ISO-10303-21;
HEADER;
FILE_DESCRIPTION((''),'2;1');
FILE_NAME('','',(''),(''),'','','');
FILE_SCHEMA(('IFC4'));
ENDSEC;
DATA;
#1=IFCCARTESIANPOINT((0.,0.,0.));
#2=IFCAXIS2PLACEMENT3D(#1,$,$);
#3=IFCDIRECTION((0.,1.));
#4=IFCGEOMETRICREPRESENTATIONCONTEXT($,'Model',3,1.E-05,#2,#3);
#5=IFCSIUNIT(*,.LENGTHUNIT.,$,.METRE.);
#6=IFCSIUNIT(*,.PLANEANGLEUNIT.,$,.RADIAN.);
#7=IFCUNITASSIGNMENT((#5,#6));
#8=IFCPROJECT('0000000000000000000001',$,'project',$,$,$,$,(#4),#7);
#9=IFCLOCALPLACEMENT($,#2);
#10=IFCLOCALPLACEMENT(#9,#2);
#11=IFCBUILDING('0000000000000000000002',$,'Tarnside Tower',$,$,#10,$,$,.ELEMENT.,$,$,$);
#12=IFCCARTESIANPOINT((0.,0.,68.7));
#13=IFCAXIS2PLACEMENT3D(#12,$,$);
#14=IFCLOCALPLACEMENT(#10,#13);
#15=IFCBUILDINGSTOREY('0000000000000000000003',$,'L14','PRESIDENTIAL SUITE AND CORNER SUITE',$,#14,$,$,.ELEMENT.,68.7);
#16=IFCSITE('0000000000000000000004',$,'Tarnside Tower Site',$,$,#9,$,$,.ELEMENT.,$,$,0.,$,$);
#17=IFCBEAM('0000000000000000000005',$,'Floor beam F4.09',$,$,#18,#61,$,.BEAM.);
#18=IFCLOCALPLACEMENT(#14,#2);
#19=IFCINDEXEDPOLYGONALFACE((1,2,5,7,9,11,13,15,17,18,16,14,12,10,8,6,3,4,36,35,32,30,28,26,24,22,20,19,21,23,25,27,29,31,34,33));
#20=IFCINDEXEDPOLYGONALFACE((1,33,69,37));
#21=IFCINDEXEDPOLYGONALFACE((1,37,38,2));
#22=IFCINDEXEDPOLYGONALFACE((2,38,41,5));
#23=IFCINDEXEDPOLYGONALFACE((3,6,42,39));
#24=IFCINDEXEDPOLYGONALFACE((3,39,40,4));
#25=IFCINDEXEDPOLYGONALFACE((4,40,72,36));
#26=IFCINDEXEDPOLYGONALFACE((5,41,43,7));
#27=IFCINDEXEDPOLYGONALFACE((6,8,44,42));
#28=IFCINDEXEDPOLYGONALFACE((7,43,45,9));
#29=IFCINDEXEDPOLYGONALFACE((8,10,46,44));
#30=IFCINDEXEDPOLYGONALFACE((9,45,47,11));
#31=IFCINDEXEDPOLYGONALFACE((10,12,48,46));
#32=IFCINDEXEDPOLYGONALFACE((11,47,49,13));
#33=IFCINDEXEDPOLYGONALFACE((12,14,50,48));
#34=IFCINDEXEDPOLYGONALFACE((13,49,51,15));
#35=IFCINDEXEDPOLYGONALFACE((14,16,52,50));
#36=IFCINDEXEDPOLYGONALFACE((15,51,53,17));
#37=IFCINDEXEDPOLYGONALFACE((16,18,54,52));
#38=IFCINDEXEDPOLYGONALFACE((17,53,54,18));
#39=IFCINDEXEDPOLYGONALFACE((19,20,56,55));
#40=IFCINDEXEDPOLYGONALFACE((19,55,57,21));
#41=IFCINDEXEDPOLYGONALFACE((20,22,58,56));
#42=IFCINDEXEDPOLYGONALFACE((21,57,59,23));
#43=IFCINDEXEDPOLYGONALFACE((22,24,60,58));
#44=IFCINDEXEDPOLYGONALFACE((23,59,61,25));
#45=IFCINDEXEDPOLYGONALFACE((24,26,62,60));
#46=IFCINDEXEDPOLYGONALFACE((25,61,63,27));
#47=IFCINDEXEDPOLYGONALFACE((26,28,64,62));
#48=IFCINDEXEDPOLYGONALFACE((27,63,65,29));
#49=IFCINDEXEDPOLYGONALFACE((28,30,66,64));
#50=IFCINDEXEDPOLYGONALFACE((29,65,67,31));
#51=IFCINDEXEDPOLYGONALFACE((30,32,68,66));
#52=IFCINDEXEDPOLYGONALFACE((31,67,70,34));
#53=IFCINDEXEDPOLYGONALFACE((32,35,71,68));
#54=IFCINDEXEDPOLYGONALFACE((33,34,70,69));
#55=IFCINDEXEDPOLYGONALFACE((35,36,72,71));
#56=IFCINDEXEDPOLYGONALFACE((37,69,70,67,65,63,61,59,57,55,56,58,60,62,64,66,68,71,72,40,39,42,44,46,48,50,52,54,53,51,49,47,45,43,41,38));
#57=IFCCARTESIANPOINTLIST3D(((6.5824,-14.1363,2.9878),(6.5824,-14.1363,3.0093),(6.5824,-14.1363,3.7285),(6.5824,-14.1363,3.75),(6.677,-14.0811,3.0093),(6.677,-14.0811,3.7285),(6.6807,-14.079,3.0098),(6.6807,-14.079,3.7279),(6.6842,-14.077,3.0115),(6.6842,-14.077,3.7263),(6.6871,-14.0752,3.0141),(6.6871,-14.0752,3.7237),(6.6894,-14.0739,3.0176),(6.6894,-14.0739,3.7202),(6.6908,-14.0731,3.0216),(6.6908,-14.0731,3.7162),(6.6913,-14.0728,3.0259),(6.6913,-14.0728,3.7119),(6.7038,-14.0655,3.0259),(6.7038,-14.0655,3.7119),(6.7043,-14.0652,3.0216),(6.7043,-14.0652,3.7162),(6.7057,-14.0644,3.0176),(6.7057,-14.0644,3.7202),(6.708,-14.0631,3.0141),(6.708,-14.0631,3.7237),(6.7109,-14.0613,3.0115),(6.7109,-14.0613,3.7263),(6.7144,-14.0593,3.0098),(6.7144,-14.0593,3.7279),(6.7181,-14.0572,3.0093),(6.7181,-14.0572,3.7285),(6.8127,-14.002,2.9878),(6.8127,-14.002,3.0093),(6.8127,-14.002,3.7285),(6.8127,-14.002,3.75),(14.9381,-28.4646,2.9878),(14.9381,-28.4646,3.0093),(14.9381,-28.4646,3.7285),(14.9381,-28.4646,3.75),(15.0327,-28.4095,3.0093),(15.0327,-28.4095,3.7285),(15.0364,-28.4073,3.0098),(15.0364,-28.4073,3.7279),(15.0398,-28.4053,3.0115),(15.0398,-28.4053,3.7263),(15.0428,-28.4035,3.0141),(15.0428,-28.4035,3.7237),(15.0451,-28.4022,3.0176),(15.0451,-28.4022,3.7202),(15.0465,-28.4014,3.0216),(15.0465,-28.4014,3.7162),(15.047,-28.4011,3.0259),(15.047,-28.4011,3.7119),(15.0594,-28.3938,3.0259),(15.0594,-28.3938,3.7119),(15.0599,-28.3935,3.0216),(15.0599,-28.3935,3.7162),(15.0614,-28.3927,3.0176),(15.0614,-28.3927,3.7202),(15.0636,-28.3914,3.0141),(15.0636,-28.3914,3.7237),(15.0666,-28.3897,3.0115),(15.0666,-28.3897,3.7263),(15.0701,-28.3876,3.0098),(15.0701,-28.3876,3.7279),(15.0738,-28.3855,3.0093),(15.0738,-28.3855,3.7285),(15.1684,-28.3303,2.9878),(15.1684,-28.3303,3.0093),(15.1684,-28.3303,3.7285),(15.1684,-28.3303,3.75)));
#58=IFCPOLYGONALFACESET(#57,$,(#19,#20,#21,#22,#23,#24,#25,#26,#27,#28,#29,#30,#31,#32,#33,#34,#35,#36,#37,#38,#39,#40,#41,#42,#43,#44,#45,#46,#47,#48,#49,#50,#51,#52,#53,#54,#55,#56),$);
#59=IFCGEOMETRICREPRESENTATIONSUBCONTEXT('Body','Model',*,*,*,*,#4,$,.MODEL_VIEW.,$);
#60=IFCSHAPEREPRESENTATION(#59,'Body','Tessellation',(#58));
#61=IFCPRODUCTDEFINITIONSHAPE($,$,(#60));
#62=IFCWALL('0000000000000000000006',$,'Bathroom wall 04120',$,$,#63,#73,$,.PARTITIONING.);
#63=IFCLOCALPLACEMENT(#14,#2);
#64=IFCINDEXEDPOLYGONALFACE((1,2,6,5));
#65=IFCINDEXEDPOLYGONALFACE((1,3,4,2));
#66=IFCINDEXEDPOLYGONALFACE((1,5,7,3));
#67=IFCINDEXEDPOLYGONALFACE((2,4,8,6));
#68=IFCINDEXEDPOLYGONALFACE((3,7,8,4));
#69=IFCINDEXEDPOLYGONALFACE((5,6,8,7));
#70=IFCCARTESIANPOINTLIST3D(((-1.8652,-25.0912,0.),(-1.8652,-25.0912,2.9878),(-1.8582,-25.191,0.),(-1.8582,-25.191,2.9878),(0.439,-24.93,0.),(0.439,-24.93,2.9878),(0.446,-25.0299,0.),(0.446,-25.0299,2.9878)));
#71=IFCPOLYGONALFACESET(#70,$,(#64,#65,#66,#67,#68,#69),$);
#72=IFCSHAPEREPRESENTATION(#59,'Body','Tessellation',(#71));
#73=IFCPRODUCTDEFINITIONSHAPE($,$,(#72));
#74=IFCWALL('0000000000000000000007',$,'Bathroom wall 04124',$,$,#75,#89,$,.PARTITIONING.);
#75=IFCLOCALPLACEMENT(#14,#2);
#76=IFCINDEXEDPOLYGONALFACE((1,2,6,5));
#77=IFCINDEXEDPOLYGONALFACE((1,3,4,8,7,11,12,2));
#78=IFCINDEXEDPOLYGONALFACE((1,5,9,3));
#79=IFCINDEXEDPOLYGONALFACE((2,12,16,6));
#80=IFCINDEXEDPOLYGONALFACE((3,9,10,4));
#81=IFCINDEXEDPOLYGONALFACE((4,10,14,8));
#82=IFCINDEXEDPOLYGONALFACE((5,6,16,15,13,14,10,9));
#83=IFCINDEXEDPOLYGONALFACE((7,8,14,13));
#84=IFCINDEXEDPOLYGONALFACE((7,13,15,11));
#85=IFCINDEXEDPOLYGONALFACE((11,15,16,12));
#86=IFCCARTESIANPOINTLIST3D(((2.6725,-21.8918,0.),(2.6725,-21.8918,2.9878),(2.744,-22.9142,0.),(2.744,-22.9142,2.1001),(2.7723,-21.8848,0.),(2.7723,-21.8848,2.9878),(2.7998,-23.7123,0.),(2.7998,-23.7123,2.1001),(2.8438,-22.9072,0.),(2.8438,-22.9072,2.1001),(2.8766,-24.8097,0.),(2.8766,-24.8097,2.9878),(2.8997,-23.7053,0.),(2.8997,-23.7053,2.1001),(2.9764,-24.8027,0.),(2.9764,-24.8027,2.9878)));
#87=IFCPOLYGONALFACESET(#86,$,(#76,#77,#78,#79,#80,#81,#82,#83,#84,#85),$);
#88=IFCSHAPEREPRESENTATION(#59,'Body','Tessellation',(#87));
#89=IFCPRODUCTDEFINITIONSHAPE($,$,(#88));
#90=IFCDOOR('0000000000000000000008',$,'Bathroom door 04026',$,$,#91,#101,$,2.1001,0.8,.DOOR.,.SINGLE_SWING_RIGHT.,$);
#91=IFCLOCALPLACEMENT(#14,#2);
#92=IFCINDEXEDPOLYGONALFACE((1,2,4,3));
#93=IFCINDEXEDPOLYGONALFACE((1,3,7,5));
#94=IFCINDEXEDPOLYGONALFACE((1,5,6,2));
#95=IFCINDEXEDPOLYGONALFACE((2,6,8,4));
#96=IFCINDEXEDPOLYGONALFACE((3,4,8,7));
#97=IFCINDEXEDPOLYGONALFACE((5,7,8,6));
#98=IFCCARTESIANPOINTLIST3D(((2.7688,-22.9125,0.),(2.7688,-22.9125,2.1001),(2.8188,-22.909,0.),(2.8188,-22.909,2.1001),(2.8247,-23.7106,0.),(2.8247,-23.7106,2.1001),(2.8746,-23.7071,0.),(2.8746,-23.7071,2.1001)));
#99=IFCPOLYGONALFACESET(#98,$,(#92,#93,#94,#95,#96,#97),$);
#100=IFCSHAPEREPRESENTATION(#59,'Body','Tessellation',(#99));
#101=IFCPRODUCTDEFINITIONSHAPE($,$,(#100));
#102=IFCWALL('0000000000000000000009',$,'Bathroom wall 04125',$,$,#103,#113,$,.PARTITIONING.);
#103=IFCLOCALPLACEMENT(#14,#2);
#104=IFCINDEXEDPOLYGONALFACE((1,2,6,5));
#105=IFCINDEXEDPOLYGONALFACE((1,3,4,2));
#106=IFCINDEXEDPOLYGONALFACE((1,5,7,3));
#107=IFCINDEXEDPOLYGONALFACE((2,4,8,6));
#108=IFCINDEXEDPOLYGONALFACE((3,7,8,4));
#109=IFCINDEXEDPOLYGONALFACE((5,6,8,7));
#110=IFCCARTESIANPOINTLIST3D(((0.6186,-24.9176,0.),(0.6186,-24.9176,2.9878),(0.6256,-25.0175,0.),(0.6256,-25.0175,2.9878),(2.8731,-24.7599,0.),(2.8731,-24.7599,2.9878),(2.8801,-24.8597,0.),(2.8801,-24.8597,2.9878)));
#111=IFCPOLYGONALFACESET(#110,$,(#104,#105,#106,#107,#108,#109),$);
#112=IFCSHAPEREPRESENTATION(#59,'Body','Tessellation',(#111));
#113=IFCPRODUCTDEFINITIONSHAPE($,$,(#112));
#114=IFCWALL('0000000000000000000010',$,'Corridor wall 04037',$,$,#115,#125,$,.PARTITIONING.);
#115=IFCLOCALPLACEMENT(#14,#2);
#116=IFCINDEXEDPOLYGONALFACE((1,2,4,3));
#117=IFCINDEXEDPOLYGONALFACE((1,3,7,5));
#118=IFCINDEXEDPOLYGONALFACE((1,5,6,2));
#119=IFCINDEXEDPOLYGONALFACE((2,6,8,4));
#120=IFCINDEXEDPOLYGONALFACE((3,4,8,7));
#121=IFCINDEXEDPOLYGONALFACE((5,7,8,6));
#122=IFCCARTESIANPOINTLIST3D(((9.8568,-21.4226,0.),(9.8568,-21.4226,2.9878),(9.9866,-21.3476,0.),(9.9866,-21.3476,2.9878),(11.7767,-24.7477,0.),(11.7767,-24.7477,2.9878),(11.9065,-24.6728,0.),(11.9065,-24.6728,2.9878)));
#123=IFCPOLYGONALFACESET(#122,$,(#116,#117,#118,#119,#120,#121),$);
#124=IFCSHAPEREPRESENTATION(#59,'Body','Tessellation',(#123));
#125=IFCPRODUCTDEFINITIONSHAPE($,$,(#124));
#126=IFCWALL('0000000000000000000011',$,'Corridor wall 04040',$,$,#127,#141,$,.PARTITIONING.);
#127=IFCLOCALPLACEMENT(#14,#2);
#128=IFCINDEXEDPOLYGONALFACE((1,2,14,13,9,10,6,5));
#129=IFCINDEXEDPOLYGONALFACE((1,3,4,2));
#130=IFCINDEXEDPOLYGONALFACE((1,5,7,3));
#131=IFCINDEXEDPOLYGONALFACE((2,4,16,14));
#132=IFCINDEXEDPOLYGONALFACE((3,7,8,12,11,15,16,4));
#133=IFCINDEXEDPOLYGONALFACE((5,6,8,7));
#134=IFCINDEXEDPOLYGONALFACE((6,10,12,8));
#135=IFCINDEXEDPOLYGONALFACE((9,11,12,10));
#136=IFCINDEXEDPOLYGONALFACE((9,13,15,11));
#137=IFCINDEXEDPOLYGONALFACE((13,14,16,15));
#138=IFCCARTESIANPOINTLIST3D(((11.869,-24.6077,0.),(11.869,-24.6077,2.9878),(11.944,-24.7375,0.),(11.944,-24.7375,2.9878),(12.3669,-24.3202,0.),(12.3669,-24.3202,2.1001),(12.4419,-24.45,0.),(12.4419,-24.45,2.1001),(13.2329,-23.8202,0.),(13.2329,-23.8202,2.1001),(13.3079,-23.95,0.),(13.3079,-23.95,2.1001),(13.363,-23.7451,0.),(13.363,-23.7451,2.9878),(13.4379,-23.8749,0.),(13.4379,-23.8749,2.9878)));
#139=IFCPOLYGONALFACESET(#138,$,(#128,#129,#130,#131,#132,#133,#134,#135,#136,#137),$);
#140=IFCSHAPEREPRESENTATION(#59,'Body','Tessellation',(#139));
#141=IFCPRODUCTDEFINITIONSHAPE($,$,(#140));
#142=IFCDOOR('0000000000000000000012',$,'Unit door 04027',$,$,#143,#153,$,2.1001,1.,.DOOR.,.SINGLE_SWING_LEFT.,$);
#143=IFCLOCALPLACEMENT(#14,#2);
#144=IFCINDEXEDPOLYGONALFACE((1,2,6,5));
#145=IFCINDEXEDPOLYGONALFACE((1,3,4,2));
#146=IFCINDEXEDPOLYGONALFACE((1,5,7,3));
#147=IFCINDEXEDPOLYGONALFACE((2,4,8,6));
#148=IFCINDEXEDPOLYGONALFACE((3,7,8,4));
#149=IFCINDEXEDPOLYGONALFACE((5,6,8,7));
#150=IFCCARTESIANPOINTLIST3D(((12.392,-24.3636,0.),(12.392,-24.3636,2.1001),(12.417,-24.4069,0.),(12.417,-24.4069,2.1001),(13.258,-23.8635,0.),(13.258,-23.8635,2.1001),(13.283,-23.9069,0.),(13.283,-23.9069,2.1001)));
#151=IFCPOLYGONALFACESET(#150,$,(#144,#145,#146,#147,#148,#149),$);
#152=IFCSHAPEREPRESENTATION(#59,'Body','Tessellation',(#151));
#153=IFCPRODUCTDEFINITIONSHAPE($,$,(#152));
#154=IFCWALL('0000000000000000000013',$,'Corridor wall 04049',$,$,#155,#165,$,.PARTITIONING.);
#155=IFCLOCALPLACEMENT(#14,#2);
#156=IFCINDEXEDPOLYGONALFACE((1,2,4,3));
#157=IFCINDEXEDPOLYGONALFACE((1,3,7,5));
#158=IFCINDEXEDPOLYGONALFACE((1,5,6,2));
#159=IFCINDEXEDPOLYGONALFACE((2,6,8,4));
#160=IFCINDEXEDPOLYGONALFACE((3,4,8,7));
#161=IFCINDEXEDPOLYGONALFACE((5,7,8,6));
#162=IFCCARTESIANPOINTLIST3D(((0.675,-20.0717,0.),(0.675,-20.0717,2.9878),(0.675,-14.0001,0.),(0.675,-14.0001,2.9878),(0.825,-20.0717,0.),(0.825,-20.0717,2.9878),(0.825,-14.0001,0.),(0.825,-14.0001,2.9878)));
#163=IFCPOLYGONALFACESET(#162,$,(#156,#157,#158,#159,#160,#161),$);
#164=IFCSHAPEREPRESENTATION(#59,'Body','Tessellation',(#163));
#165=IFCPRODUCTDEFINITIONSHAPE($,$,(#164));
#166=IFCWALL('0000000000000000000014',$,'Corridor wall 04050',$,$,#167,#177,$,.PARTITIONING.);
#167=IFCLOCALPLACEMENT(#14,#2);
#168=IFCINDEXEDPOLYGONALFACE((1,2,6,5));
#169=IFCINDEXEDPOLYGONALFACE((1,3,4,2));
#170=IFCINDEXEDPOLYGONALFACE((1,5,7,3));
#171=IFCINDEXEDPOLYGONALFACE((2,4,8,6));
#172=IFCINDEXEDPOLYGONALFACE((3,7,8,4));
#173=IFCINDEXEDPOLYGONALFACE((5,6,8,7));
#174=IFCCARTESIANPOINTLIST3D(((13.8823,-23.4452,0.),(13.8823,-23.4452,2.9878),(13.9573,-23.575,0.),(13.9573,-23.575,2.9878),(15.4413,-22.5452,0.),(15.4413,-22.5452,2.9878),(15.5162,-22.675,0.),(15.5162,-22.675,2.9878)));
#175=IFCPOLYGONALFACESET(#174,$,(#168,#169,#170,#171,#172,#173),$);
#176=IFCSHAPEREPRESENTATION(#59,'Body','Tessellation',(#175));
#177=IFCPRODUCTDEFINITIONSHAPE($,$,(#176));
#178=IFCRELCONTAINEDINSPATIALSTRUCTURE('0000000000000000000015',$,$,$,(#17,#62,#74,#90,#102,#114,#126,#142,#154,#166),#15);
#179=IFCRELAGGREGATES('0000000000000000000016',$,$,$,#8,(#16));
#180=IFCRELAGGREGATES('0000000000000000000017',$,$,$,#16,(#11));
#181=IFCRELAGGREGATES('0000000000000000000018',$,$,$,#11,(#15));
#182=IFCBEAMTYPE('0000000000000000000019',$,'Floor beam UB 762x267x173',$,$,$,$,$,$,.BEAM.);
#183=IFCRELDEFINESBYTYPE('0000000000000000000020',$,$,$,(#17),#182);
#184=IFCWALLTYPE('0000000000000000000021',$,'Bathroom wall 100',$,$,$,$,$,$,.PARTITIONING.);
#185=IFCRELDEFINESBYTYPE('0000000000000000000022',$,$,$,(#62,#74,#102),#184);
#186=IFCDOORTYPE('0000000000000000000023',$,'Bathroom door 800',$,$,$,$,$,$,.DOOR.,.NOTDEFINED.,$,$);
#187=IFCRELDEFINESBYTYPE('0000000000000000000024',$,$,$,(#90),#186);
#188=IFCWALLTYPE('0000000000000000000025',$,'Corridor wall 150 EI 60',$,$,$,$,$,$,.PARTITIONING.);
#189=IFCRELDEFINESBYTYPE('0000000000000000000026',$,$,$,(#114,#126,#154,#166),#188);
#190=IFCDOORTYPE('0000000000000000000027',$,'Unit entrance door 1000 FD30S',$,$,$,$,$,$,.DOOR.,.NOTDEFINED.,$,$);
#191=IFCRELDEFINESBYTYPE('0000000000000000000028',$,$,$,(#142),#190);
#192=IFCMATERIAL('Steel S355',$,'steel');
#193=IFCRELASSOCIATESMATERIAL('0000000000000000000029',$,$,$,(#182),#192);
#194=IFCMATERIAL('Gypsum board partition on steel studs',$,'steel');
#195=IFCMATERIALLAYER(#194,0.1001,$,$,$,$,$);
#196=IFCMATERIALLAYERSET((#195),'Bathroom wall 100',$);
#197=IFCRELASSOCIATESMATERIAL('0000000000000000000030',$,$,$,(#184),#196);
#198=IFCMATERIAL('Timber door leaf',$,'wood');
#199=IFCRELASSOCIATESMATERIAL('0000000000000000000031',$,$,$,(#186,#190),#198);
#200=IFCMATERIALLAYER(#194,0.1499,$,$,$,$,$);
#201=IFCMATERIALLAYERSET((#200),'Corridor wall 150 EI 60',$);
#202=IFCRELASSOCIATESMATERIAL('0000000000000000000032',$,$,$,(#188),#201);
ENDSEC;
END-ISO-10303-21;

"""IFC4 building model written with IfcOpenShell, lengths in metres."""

from ifc_helpers import new_model, si_unit, direction, frame, frame_2d, origin, origin_2d, place, context, subcontext, project, spatial, rectangle, i_section, extrude, material, layer, layer_set, material_profile, profile_set, type_object, element, fill, save


model = new_model("IFC4")

# Units and contexts
model_context = context("Model", 3, precision=1e-05, world=origin(), true_north=direction((0.0, 1.0)))
body_context = subcontext(model_context, "Body", "Model", "MODEL_VIEW")
ifc_project = project(units=[si_unit("LENGTHUNIT", "METRE"), si_unit("PLANEANGLEUNIT", "RADIAN")], contexts=[model_context])

# Site, building, storey
site_placement = place(None, origin())
site = spatial("IfcSite", under=ifc_project, at=site_placement, Name="Tarnside Tower Site", CompositionType="ELEMENT", RefElevation=0.0)
building_placement = place(site_placement, origin())
building = spatial("IfcBuilding", under=site, at=building_placement, Name="Tarnside Tower", CompositionType="ELEMENT")
storey_placement = place(building_placement, frame((0.0, 0.0, 68.7)))
storey = spatial("IfcBuildingStorey", under=building, at=storey_placement, Name="L14", Description="PRESIDENTIAL SUITE AND CORNER SUITE", CompositionType="ELEMENT", Elevation=68.7)

# Beam
ifc_material_1 = material(Name="Steel S355", Category="steel")
ifc_material_profile_1 = material_profile(ifc_material_1, i_section(OverallWidth=0.2666, OverallDepth=0.7622, WebThickness=0.0144, FlangeThickness=0.0215, FilletRadius=0.0166, at=origin_2d()), Name="UB 762x267x173")
ifc_profile_set_1 = profile_set([ifc_material_profile_1], Name="Steel S355")
beam_type_1 = type_object("IfcBeamType", Name="Floor beam UB 762x267x173", PredefinedType="BEAM", material=ifc_profile_set_1)
beam_1_placement = place(storey_placement, frame((15.0532, -28.3975, 3.3689), z_axis=(-0.503758, 0.863845, 0.0), x_axis=(-0.863845, -0.503758, 0.0)))
element("IfcBeam", 1, at=beam_1_placement, inside=storey, type_object=beam_type_1, Name="Floor beam F4.09", PredefinedType="BEAM", context=body_context, shape_type="SweptSolid", body=[
    extrude(i_section(OverallWidth=0.2666, OverallDepth=0.7622, WebThickness=0.0144, FlangeThickness=0.0215, FilletRadius=0.0166, at=origin_2d()), origin(), (0.0, 0.0, 1.0), 16.5867),
])

# Wall
ifc_material_2 = material(Name="Gypsum board partition on steel studs", Category="steel")
ifc_layer_1 = layer(ifc_material_2, 0.1001)
ifc_layer_set_1 = layer_set([ifc_layer_1], Name="Bathroom wall 100")
wall_type_1 = type_object("IfcWallType", Name="Bathroom wall 100", PredefinedType="PARTITIONING", material=ifc_layer_set_1)
wall_1_placement = place(storey_placement, frame((0.4424, -24.98, 0.0), z_axis=(0.0, 0.0, 1.0), x_axis=(-0.997564, -0.06976, 0.0)))
element("IfcWall", 2, at=wall_1_placement, inside=storey, type_object=wall_type_1, Name="Bathroom wall 04120", PredefinedType="PARTITIONING", context=body_context, shape_type="SweptSolid", body=[
    extrude(rectangle(XDim=2.3098, YDim=0.1001, at=frame_2d((1.1548, 0.0))), origin(), (0.0, 0.0, 1.0), 2.9878),
])

# Wall, opening, door
wall_2_placement = place(storey_placement, frame((2.7224, -21.8884, 0.0), z_axis=(0.0, 0.0, 1.0), x_axis=(0.069776, -0.997563, 0.0)))
wall_2 = element("IfcWall", 3, at=wall_2_placement, inside=storey, type_object=wall_type_1, Name="Bathroom wall 04124", PredefinedType="PARTITIONING", context=body_context, shape_type="SweptSolid", body=[
    extrude(rectangle(XDim=2.925, YDim=0.1001, at=frame_2d((1.4624, 0.0))), origin(), (0.0, 0.0, 1.0), 2.9878),
])
opening_1_placement = place(wall_2_placement, frame((1.0249, 0.0, 0.0)))
opening_1 = element("IfcOpeningElement", 4, at=opening_1_placement, cuts=wall_2, PredefinedType="OPENING", context=body_context, shape_type="SweptSolid", body=[
    extrude(rectangle(XDim=0.8, YDim=2.1001, at=frame_2d((0.3999, 1.05))), frame((0.0, 0.0601, 0.0), z_axis=(0.0, -1.0, 0.0), x_axis=(1.0, 0.0, 0.0)), (0.0, 0.0, 1.0), 0.1201),
])
ifc_material_3 = material(Name="Timber door leaf", Category="wood")
door_type_1 = type_object("IfcDoorType", Name="Bathroom door 800", OperationType="NOTDEFINED", PredefinedType="DOOR", material=ifc_material_3)
door_1_placement = place(opening_1_placement, origin())
door_1 = element("IfcDoor", 5, at=door_1_placement, inside=storey, type_object=door_type_1, Name="Bathroom door 04026", OperationType="SINGLE_SWING_RIGHT", OverallHeight=2.1001, OverallWidth=0.8, PredefinedType="DOOR", context=body_context, shape_type="SweptSolid", body=[
    extrude(rectangle(XDim=0.8, YDim=2.1001, at=frame_2d((0.3999, 1.05))), frame((0.0, 0.0249, 0.0), z_axis=(0.0, -1.0, 0.0), x_axis=(1.0, 0.0, 0.0)), (0.0, 0.0, 1.0), 0.05),
])
fill(opening_1, door_1)

# Walls
wall_3_placement = place(storey_placement, frame((2.8765, -24.8098, 0.0), z_axis=(0.0, 0.0, 1.0), x_axis=(-0.997562, -0.069788, 0.0)))
element("IfcWall", 6, at=wall_3_placement, inside=storey, type_object=wall_type_1, Name="Bathroom wall 04125", PredefinedType="PARTITIONING", context=body_context, shape_type="SweptSolid", body=[
    extrude(rectangle(XDim=2.26, YDim=0.1001, at=frame_2d((1.1299, 0.0))), origin(), (0.0, 0.0, 1.0), 2.9878),
])
ifc_layer_2 = layer(ifc_material_2, 0.1499)
ifc_layer_set_2 = layer_set([ifc_layer_2], Name="Corridor wall 150 EI 60")
wall_type_2 = type_object("IfcWallType", Name="Corridor wall 150 EI 60", PredefinedType="PARTITIONING", material=ifc_layer_set_2)
wall_4_placement = place(storey_placement, frame((9.9216, -21.385, 0.0), z_axis=(0.0, 0.0, 1.0), x_axis=(0.500023, -0.866012, 0.0)))
element("IfcWall", 7, at=wall_4_placement, inside=storey, type_object=wall_type_2, Name="Corridor wall 04037", PredefinedType="PARTITIONING", context=body_context, shape_type="SweptSolid", body=[
    extrude(rectangle(XDim=3.8396, YDim=0.1499, at=frame_2d((1.9199, 0.0))), origin(), (0.0, 0.0, 1.0), 2.9878),
])

# Wall, opening, door
wall_5_placement = place(storey_placement, frame((11.9065, -24.6726, 0.0), z_axis=(0.0, 0.0, 1.0), x_axis=(0.866014, 0.500021, 0.0)))
wall_5 = element("IfcWall", 8, at=wall_5_placement, inside=storey, type_object=wall_type_2, Name="Corridor wall 04040", PredefinedType="PARTITIONING", context=body_context, shape_type="SweptSolid", body=[
    extrude(rectangle(XDim=1.7251, YDim=0.1499, at=frame_2d((0.8625, 0.0))), origin(), (0.0, 0.0, 1.0), 2.9878),
])
opening_2_placement = place(wall_5_placement, frame((0.575, 0.0, 0.0)))
opening_2 = element("IfcOpeningElement", 9, at=opening_2_placement, cuts=wall_5, PredefinedType="OPENING", context=body_context, shape_type="SweptSolid", body=[
    extrude(rectangle(XDim=1.0, YDim=2.1001, at=frame_2d((0.5, 1.05))), frame((0.0, 0.085, 0.0), z_axis=(0.0, -1.0, 0.0), x_axis=(1.0, 0.0, 0.0)), (0.0, 0.0, 1.0), 0.1699),
])
door_type_2 = type_object("IfcDoorType", Name="Unit entrance door 1000 FD30S", OperationType="NOTDEFINED", PredefinedType="DOOR", material=ifc_material_3)
door_2_placement = place(opening_2_placement, origin())
door_2 = element("IfcDoor", 10, at=door_2_placement, inside=storey, type_object=door_type_2, Name="Unit door 04027", OperationType="SINGLE_SWING_LEFT", OverallHeight=2.1001, OverallWidth=1.0, PredefinedType="DOOR", context=body_context, shape_type="SweptSolid", body=[
    extrude(rectangle(XDim=1.0, YDim=2.1001, at=frame_2d((0.5, 1.05))), frame((0.0, 0.0249, 0.0), z_axis=(0.0, -1.0, 0.0), x_axis=(1.0, 0.0, 0.0)), (0.0, 0.0, 1.0), 0.05),
])
fill(opening_2, door_2)

# Walls
wall_6_placement = place(storey_placement, frame((0.75, -20.0715, 0.0), z_axis=(0.0, 0.0, 1.0), x_axis=(0.0, 1.0, 0.0)))
element("IfcWall", 11, at=wall_6_placement, inside=storey, type_object=wall_type_2, Name="Corridor wall 04049", PredefinedType="PARTITIONING", context=body_context, shape_type="SweptSolid", body=[
    extrude(rectangle(XDim=6.0715, YDim=0.1499, at=frame_2d((3.0356, 0.0))), origin(), (0.0, 0.0, 1.0), 2.9878),
])
wall_7_placement = place(storey_placement, frame((13.9199, -23.51, 0.0), z_axis=(0.0, 0.0, 1.0), x_axis=(0.866048, 0.499961, 0.0)))
element("IfcWall", 12, at=wall_7_placement, inside=storey, type_object=wall_type_2, Name="Corridor wall 04050", PredefinedType="PARTITIONING", context=body_context, shape_type="SweptSolid", body=[
    extrude(rectangle(XDim=1.8, YDim=0.1499, at=frame_2d((0.8999, 0.0))), origin(), (0.0, 0.0, 1.0), 2.9878),
])

save(model, "model.ifc")
